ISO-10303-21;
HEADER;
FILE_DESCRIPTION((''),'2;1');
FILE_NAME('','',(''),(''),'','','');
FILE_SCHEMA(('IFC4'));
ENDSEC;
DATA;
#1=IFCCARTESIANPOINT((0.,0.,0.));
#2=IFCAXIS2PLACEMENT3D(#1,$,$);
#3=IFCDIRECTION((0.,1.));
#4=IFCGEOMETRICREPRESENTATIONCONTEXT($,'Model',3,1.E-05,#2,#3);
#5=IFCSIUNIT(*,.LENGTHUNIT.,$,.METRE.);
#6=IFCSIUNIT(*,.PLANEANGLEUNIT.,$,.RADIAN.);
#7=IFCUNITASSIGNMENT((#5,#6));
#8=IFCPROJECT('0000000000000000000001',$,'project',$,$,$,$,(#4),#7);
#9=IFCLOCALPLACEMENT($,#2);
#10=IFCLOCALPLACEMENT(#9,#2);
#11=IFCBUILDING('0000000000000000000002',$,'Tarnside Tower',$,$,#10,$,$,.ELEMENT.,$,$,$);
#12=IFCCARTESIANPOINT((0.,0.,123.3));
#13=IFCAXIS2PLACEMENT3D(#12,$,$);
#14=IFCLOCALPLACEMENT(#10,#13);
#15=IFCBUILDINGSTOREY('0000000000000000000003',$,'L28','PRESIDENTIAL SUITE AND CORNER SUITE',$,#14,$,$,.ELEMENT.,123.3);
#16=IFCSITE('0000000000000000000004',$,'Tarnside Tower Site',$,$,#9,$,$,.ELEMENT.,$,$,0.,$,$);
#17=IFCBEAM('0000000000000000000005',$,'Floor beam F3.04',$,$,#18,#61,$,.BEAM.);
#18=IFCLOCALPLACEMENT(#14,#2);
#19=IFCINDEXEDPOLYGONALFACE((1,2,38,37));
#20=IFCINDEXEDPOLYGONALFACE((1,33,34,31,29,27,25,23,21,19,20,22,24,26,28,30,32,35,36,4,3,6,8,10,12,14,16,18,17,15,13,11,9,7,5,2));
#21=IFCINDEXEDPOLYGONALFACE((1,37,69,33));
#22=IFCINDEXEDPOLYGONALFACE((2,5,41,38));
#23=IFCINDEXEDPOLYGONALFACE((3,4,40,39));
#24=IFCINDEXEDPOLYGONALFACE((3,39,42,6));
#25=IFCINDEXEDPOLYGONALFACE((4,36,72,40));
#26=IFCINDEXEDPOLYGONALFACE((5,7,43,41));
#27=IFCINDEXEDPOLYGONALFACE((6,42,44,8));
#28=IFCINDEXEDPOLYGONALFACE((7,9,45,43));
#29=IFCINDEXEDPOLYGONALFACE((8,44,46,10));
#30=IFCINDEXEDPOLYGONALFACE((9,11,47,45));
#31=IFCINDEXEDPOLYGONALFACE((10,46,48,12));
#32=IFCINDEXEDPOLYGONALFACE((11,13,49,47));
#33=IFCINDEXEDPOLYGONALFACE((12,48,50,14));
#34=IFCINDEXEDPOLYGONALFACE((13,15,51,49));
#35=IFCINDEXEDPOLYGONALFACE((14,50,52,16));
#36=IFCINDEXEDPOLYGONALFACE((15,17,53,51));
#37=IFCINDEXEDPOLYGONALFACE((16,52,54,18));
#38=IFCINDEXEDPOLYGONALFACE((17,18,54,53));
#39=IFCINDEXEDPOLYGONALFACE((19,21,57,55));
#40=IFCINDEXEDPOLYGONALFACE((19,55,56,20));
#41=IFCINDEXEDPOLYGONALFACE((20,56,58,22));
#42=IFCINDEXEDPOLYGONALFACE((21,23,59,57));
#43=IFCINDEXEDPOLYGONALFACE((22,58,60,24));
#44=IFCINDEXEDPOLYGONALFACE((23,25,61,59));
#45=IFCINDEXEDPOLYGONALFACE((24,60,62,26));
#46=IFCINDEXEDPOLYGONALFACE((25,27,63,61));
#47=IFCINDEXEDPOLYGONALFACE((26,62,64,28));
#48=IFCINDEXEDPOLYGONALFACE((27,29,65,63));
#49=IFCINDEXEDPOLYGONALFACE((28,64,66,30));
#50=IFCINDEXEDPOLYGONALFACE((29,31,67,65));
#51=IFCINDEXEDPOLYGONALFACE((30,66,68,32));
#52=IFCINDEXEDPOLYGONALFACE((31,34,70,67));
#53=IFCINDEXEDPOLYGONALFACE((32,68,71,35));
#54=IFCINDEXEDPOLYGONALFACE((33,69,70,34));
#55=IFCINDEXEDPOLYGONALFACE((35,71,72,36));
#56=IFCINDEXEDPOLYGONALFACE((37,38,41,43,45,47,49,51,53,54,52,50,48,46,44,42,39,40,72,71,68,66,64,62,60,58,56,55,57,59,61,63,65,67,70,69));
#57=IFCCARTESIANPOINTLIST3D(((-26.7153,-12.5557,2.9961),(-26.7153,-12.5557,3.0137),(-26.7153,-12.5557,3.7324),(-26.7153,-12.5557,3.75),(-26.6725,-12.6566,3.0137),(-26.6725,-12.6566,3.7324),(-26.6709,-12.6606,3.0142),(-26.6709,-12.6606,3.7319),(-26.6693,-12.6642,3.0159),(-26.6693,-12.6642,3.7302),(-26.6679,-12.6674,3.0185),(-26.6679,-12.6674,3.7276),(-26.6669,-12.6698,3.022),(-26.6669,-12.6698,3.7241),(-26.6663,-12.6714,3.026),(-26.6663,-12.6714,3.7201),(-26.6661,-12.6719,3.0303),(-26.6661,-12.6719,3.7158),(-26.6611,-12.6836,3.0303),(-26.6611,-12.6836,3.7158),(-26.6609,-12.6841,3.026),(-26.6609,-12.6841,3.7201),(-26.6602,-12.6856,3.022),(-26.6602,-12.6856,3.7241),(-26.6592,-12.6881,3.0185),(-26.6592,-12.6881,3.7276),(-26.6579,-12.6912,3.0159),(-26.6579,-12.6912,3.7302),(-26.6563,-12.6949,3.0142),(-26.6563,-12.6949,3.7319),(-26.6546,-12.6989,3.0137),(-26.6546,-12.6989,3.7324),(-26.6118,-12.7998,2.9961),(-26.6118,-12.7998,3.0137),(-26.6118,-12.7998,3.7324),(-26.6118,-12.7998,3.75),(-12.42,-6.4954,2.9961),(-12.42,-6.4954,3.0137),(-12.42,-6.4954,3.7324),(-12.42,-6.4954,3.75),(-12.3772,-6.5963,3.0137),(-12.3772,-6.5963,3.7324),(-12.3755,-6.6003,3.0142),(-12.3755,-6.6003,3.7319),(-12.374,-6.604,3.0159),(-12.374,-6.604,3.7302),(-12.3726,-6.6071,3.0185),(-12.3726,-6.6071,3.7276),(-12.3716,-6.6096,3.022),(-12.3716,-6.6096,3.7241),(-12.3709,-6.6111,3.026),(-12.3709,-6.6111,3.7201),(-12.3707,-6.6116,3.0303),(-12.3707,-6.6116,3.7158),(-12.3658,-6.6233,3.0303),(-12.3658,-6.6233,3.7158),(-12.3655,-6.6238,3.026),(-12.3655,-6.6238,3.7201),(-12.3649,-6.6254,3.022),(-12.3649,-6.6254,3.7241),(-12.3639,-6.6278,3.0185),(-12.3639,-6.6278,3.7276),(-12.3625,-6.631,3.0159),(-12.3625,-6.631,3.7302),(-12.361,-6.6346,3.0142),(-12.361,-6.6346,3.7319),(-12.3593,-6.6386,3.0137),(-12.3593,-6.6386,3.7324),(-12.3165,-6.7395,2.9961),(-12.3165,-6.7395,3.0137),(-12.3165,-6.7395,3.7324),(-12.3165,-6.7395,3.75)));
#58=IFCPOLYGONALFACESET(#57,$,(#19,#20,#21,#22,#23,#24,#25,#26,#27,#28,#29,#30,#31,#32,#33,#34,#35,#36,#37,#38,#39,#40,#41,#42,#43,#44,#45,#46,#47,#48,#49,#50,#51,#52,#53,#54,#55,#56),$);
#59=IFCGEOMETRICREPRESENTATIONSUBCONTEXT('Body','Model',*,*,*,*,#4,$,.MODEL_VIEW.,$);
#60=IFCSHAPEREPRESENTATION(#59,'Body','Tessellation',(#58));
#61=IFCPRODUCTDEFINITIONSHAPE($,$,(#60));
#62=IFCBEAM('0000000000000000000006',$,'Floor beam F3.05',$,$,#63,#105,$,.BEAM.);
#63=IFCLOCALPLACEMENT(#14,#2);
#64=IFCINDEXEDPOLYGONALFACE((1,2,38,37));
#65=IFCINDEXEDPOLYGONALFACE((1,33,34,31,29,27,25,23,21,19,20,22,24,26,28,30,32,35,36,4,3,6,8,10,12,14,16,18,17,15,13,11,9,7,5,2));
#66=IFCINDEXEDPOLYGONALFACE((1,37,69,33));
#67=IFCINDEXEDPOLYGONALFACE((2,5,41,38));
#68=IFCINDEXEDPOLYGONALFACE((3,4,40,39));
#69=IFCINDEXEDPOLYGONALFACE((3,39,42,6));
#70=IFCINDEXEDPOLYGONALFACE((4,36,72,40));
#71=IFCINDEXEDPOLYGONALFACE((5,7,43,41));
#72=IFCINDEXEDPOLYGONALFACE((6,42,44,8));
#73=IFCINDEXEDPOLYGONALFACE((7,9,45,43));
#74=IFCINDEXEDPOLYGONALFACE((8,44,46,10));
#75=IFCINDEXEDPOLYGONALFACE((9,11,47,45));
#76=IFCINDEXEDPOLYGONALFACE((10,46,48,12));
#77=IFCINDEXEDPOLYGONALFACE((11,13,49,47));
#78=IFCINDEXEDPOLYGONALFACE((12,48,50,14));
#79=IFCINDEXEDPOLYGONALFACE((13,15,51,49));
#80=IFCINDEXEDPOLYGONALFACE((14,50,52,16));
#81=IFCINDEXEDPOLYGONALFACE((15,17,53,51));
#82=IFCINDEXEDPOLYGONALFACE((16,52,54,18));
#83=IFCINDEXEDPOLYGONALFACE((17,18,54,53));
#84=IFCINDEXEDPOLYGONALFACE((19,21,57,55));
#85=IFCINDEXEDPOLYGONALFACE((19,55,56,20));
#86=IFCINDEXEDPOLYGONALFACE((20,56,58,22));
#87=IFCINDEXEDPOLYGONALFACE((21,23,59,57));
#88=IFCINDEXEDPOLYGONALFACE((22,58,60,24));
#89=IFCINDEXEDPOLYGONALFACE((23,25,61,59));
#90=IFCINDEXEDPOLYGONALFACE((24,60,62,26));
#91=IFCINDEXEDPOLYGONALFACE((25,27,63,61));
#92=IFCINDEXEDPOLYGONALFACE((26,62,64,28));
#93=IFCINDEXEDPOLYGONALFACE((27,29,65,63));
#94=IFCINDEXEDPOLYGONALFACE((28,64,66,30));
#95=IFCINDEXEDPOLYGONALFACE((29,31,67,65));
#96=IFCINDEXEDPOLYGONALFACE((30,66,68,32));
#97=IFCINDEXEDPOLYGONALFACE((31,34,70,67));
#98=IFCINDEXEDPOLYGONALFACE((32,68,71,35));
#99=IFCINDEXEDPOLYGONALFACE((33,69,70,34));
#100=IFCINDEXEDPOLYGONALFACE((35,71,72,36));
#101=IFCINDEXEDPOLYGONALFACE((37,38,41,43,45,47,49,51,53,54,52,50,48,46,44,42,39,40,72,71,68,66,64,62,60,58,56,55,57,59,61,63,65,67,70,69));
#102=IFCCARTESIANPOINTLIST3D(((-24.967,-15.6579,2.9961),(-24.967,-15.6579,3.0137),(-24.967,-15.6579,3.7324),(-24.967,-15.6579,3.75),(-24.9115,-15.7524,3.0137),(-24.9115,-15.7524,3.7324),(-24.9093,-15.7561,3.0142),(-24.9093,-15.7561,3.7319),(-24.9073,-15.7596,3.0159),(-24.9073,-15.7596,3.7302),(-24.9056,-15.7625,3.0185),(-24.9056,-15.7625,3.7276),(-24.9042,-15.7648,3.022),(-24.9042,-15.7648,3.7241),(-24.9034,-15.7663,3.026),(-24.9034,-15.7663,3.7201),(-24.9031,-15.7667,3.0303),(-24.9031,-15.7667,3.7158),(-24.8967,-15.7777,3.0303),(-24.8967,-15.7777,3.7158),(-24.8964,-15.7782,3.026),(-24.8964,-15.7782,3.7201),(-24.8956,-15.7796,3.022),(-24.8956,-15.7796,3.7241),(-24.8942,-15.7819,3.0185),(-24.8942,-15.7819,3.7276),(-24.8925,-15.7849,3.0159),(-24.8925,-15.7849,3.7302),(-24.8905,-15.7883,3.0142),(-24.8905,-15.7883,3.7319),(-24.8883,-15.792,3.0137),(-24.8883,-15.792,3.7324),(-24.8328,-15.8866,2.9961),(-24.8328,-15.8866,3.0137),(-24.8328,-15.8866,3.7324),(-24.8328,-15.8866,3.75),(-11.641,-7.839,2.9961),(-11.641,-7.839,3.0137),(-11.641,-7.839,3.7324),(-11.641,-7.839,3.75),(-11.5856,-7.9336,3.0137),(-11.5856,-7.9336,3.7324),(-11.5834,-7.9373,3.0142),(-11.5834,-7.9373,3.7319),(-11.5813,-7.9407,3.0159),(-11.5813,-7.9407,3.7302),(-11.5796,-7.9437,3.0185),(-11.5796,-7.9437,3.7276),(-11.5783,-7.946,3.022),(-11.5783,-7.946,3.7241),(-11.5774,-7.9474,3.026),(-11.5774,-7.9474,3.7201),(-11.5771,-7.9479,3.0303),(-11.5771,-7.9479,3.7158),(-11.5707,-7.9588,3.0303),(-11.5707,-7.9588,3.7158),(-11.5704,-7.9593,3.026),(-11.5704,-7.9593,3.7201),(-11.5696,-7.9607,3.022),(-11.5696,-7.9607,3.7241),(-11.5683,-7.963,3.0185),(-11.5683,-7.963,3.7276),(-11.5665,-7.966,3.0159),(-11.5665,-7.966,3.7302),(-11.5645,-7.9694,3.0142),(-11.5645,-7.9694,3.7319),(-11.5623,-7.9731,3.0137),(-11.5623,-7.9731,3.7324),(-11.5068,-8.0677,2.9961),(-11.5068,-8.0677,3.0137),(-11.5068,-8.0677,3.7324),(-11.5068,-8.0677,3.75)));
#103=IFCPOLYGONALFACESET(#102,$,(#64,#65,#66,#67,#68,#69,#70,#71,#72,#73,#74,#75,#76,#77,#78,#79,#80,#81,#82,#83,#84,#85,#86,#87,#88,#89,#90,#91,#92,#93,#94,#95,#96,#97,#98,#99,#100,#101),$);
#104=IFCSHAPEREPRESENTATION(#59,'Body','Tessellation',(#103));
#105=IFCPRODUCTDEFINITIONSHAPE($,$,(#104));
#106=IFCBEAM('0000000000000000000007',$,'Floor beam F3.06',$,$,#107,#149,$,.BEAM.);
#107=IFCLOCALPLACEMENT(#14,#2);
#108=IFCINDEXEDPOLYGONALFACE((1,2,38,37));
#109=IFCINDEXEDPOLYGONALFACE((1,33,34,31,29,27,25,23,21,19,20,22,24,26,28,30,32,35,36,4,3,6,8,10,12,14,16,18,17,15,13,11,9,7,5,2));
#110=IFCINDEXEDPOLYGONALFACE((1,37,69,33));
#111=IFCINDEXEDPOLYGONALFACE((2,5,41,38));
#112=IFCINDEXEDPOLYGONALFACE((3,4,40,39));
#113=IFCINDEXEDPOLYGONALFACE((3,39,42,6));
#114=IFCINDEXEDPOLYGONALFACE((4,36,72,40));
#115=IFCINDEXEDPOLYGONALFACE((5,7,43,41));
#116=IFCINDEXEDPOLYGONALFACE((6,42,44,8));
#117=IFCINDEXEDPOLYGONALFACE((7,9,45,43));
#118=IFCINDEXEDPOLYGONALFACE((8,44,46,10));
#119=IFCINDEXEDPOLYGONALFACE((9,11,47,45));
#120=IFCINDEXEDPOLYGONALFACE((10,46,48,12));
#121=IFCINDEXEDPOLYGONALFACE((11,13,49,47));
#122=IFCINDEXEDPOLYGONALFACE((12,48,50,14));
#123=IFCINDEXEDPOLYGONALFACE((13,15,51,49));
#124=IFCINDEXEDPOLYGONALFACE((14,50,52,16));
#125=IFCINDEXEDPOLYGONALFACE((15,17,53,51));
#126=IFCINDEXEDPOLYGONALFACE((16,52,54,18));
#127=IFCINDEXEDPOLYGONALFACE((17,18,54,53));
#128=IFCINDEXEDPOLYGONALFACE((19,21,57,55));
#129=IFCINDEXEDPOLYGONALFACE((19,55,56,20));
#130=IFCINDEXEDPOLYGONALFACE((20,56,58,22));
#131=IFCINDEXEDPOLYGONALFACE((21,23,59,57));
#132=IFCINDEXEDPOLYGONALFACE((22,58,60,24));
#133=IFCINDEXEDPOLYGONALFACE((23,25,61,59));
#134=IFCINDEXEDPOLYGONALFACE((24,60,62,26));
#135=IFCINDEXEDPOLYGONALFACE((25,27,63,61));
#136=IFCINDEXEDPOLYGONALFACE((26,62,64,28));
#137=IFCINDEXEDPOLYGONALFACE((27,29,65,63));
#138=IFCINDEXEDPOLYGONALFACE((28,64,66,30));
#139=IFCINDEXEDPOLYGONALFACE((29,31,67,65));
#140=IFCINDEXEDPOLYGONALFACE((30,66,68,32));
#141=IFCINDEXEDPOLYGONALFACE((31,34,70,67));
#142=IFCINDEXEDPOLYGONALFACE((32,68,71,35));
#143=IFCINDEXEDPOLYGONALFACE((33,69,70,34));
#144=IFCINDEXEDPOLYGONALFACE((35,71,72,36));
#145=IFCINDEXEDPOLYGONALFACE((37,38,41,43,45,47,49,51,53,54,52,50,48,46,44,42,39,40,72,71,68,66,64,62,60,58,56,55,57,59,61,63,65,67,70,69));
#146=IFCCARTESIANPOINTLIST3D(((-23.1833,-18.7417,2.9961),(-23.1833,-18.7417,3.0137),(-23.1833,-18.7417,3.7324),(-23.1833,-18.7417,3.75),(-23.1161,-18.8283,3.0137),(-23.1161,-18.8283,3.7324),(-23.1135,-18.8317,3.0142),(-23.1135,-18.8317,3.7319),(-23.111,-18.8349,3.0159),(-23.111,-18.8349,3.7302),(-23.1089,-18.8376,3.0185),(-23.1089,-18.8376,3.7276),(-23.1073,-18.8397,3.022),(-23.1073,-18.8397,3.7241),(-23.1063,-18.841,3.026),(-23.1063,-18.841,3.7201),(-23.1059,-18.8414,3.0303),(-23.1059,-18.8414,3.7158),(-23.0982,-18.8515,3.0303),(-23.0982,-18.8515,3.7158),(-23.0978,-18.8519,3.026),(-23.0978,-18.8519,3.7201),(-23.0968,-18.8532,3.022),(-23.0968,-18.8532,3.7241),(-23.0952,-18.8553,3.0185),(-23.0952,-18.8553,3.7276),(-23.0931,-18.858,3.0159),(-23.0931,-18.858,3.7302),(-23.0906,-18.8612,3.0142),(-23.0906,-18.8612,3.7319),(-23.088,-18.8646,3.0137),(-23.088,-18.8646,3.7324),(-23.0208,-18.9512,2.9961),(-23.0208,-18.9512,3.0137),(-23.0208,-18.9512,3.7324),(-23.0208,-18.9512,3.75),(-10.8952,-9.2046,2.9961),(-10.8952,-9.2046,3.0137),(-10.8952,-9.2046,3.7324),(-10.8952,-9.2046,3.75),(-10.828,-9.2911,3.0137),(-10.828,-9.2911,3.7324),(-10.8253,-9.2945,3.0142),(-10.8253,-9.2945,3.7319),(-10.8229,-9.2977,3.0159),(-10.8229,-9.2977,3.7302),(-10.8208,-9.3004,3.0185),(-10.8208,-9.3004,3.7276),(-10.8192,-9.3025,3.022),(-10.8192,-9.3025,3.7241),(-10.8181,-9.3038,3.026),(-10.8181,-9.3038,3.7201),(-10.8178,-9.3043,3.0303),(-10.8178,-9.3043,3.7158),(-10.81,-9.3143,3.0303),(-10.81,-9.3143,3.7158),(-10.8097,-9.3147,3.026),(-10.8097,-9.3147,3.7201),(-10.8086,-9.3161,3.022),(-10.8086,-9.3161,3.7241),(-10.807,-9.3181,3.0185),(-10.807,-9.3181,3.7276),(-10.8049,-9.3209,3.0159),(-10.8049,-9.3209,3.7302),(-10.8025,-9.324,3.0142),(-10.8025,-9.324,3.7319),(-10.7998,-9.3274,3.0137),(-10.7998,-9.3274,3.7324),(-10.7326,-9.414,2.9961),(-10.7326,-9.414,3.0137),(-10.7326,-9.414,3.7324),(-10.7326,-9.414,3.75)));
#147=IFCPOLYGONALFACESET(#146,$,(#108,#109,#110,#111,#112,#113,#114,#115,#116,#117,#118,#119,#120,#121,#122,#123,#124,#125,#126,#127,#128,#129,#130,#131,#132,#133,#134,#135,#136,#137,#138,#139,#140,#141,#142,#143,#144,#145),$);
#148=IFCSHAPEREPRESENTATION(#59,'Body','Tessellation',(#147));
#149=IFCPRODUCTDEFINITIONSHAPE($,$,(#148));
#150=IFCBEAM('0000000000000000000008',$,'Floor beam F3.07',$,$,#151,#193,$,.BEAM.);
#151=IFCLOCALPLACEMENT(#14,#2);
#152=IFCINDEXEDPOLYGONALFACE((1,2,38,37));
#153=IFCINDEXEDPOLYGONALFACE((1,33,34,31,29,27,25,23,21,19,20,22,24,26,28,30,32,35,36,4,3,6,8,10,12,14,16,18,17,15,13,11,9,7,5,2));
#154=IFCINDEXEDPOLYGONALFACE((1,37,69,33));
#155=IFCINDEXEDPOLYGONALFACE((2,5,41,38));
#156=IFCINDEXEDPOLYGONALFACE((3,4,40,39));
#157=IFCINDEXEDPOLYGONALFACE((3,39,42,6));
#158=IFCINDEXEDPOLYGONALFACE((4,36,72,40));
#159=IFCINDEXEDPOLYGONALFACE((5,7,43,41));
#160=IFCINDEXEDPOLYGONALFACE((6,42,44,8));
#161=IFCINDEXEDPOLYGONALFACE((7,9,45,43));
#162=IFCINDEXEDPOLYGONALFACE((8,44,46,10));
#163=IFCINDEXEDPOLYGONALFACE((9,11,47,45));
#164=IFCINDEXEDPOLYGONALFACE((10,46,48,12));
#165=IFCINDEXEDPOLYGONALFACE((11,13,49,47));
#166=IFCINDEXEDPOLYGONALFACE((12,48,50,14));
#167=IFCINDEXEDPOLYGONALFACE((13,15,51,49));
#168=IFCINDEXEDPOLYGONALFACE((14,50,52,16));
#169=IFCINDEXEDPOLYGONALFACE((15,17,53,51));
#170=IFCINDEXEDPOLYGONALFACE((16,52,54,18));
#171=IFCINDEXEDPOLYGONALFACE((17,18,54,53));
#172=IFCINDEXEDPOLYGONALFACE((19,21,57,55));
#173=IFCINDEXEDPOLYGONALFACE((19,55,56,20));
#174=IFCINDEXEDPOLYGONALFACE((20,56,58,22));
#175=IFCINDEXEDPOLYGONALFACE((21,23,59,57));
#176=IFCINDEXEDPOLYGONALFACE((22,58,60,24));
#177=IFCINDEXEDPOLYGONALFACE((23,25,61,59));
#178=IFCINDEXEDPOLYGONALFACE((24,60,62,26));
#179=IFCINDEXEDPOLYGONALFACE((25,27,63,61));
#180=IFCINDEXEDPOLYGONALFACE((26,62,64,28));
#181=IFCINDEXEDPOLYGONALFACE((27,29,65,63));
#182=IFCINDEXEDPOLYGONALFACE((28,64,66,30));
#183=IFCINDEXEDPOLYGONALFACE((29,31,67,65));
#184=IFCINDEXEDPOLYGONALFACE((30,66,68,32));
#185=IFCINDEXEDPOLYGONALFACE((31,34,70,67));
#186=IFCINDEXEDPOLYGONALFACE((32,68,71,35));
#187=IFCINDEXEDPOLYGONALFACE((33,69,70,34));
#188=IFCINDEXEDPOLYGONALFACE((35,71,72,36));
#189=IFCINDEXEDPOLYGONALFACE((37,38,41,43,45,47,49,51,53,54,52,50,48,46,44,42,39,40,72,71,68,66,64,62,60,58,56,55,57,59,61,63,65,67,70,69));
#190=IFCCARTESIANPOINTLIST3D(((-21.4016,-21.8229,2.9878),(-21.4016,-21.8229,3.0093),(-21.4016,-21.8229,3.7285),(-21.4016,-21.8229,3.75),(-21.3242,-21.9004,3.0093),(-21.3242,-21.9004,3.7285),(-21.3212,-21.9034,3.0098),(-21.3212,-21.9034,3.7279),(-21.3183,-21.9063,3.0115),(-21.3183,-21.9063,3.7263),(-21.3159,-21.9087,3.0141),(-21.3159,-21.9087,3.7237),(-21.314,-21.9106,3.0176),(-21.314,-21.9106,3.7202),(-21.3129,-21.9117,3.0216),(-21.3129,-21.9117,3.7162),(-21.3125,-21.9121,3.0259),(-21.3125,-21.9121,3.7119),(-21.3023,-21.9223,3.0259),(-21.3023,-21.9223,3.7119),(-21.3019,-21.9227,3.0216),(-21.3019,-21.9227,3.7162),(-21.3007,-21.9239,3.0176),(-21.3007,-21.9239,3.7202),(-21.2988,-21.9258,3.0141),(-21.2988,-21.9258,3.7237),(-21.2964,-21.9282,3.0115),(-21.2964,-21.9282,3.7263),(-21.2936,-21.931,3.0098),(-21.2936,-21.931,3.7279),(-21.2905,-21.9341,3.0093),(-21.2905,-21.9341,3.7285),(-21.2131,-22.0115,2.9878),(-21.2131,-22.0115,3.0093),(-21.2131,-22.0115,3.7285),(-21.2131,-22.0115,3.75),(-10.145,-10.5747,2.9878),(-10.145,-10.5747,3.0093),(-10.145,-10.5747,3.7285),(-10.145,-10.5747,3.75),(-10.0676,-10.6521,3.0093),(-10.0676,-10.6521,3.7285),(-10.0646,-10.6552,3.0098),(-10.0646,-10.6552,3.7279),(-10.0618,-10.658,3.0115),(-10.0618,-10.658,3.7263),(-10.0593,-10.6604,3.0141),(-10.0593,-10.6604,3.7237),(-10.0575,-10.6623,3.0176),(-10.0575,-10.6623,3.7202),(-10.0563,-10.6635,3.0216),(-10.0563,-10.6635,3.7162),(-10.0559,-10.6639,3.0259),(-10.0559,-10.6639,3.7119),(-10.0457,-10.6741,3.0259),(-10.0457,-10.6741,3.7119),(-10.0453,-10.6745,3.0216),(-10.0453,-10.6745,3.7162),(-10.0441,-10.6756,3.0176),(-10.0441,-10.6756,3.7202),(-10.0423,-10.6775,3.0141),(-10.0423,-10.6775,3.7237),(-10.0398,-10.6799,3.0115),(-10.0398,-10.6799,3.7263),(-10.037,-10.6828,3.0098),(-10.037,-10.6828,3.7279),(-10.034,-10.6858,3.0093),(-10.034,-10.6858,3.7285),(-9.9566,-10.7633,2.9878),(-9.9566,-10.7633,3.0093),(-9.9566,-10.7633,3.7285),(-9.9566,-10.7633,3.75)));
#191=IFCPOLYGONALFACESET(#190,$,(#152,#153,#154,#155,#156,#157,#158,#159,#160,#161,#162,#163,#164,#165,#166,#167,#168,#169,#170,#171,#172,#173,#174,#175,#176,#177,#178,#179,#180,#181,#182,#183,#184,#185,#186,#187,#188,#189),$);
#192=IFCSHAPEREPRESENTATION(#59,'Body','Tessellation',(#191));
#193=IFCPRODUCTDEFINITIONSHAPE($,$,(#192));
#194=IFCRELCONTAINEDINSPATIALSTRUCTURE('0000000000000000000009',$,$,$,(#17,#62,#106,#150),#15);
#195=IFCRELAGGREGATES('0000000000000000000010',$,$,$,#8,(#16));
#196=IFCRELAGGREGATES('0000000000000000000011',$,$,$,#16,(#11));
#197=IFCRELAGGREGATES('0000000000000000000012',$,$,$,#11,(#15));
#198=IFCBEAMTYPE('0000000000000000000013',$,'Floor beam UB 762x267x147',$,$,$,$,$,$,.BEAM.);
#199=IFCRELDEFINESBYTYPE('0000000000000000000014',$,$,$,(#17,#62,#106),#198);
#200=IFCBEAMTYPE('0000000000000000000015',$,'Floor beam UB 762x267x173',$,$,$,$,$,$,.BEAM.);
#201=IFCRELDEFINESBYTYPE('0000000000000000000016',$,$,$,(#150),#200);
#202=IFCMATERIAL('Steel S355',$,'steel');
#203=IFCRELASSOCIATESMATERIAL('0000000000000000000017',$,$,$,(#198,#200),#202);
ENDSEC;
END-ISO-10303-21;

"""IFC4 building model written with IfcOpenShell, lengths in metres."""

from ifc_helpers import new_model, si_unit, direction, frame, origin, origin_2d, place, context, subcontext, project, spatial, i_section, extrude, material, material_profile, profile_set, type_object, element, save


model = new_model("IFC4")

# Units and contexts
model_context = context("Model", 3, precision=1e-05, world=origin(), true_north=direction((0.0, 1.0)))
body_context = subcontext(model_context, "Body", "Model", "MODEL_VIEW")
ifc_project = project(units=[si_unit("LENGTHUNIT", "METRE"), si_unit("PLANEANGLEUNIT", "RADIAN")], contexts=[model_context])

# Site, building, storey
site_placement = place(None, origin())
site = spatial("IfcSite", under=ifc_project, at=site_placement, Name="Tarnside Tower Site", CompositionType="ELEMENT", RefElevation=0.0)
building_placement = place(site_placement, origin())
building = spatial("IfcBuilding", under=site, at=building_placement, Name="Tarnside Tower", CompositionType="ELEMENT")
storey_placement = place(building_placement, frame((0.0, 0.0, 123.3)))
storey = spatial("IfcBuildingStorey", under=building, at=storey_placement, Name="L28", Description="PRESIDENTIAL SUITE AND CORNER SUITE", CompositionType="ELEMENT", Elevation=123.3)

# Beams
ifc_material_1 = material(Name="Steel S355", Category="steel")
ifc_material_profile_1 = material_profile(ifc_material_1, i_section(OverallWidth=0.2651, OverallDepth=0.7539, WebThickness=0.0127, FlangeThickness=0.0176, FilletRadius=0.0166, at=origin_2d()), Name="UB 762x267x147")
ifc_profile_set_1 = profile_set([ifc_material_profile_1], Name="Steel S355")
beam_type_1 = type_object("IfcBeamType", Name="Floor beam UB 762x267x147", PredefinedType="BEAM", material=ifc_profile_set_1)
beam_1_placement = place(storey_placement, frame((-26.6636, -12.6777, 3.373), z_axis=(0.920684, 0.390309, 0.0), x_axis=(-0.390309, 0.920684, 0.0)))
element("IfcBeam", 1, at=beam_1_placement, inside=storey, type_object=beam_type_1, Name="Floor beam F3.04", PredefinedType="BEAM", context=body_context, shape_type="SweptSolid", body=[
    extrude(i_section(OverallWidth=0.2651, OverallDepth=0.7539, WebThickness=0.0127, FlangeThickness=0.0176, FilletRadius=0.0166, at=origin_2d()), origin(), (0.0, 0.0, 1.0), 15.5269),
])
beam_2_placement = place(storey_placement, frame((-24.8999, -15.7722, 3.373), z_axis=(0.862498, 0.506061, 0.0), x_axis=(-0.506061, 0.862498, 0.0)))
element("IfcBeam", 2, at=beam_2_placement, inside=storey, type_object=beam_type_1, Name="Floor beam F3.05", PredefinedType="BEAM", context=body_context, shape_type="SweptSolid", body=[
    extrude(i_section(OverallWidth=0.2651, OverallDepth=0.7539, WebThickness=0.0127, FlangeThickness=0.0176, FilletRadius=0.0166, at=origin_2d()), origin(), (0.0, 0.0, 1.0), 15.4504),
])
beam_3_placement = place(storey_placement, frame((-23.1021, -18.8464, 3.373), z_axis=(0.789984, 0.613128, 0.0), x_axis=(-0.613128, 0.789984, 0.0)))
element("IfcBeam", 3, at=beam_3_placement, inside=storey, type_object=beam_type_1, Name="Floor beam F3.06", PredefinedType="BEAM", context=body_context, shape_type="SweptSolid", body=[
    extrude(i_section(OverallWidth=0.2651, OverallDepth=0.7539, WebThickness=0.0127, FlangeThickness=0.0176, FilletRadius=0.0166, at=origin_2d()), origin(), (0.0, 0.0, 1.0), 15.5549),
])
ifc_material_profile_2 = material_profile(ifc_material_1, i_section(OverallWidth=0.2666, OverallDepth=0.7622, WebThickness=0.0144, FlangeThickness=0.0215, FilletRadius=0.0166, at=origin_2d()), Name="UB 762x267x173")
ifc_profile_set_2 = profile_set([ifc_material_profile_2], Name="Steel S355")
beam_type_2 = type_object("IfcBeamType", Name="Floor beam UB 762x267x173", PredefinedType="BEAM", material=ifc_profile_set_2)
beam_4_placement = place(storey_placement, frame((-21.3074, -21.9172, 3.3689), z_axis=(0.707368, 0.706846, 0.0), x_axis=(-0.706846, 0.707368, 0.0)))
element("IfcBeam", 4, at=beam_4_placement, inside=storey, type_object=beam_type_2, Name="Floor beam F3.07", PredefinedType="BEAM", context=body_context, shape_type="SweptSolid", body=[
    extrude(i_section(OverallWidth=0.2666, OverallDepth=0.7622, WebThickness=0.0144, FlangeThickness=0.0215, FilletRadius=0.0166, at=origin_2d()), origin(), (0.0, 0.0, 1.0), 15.9133),
])

save(model, "model.ifc")
